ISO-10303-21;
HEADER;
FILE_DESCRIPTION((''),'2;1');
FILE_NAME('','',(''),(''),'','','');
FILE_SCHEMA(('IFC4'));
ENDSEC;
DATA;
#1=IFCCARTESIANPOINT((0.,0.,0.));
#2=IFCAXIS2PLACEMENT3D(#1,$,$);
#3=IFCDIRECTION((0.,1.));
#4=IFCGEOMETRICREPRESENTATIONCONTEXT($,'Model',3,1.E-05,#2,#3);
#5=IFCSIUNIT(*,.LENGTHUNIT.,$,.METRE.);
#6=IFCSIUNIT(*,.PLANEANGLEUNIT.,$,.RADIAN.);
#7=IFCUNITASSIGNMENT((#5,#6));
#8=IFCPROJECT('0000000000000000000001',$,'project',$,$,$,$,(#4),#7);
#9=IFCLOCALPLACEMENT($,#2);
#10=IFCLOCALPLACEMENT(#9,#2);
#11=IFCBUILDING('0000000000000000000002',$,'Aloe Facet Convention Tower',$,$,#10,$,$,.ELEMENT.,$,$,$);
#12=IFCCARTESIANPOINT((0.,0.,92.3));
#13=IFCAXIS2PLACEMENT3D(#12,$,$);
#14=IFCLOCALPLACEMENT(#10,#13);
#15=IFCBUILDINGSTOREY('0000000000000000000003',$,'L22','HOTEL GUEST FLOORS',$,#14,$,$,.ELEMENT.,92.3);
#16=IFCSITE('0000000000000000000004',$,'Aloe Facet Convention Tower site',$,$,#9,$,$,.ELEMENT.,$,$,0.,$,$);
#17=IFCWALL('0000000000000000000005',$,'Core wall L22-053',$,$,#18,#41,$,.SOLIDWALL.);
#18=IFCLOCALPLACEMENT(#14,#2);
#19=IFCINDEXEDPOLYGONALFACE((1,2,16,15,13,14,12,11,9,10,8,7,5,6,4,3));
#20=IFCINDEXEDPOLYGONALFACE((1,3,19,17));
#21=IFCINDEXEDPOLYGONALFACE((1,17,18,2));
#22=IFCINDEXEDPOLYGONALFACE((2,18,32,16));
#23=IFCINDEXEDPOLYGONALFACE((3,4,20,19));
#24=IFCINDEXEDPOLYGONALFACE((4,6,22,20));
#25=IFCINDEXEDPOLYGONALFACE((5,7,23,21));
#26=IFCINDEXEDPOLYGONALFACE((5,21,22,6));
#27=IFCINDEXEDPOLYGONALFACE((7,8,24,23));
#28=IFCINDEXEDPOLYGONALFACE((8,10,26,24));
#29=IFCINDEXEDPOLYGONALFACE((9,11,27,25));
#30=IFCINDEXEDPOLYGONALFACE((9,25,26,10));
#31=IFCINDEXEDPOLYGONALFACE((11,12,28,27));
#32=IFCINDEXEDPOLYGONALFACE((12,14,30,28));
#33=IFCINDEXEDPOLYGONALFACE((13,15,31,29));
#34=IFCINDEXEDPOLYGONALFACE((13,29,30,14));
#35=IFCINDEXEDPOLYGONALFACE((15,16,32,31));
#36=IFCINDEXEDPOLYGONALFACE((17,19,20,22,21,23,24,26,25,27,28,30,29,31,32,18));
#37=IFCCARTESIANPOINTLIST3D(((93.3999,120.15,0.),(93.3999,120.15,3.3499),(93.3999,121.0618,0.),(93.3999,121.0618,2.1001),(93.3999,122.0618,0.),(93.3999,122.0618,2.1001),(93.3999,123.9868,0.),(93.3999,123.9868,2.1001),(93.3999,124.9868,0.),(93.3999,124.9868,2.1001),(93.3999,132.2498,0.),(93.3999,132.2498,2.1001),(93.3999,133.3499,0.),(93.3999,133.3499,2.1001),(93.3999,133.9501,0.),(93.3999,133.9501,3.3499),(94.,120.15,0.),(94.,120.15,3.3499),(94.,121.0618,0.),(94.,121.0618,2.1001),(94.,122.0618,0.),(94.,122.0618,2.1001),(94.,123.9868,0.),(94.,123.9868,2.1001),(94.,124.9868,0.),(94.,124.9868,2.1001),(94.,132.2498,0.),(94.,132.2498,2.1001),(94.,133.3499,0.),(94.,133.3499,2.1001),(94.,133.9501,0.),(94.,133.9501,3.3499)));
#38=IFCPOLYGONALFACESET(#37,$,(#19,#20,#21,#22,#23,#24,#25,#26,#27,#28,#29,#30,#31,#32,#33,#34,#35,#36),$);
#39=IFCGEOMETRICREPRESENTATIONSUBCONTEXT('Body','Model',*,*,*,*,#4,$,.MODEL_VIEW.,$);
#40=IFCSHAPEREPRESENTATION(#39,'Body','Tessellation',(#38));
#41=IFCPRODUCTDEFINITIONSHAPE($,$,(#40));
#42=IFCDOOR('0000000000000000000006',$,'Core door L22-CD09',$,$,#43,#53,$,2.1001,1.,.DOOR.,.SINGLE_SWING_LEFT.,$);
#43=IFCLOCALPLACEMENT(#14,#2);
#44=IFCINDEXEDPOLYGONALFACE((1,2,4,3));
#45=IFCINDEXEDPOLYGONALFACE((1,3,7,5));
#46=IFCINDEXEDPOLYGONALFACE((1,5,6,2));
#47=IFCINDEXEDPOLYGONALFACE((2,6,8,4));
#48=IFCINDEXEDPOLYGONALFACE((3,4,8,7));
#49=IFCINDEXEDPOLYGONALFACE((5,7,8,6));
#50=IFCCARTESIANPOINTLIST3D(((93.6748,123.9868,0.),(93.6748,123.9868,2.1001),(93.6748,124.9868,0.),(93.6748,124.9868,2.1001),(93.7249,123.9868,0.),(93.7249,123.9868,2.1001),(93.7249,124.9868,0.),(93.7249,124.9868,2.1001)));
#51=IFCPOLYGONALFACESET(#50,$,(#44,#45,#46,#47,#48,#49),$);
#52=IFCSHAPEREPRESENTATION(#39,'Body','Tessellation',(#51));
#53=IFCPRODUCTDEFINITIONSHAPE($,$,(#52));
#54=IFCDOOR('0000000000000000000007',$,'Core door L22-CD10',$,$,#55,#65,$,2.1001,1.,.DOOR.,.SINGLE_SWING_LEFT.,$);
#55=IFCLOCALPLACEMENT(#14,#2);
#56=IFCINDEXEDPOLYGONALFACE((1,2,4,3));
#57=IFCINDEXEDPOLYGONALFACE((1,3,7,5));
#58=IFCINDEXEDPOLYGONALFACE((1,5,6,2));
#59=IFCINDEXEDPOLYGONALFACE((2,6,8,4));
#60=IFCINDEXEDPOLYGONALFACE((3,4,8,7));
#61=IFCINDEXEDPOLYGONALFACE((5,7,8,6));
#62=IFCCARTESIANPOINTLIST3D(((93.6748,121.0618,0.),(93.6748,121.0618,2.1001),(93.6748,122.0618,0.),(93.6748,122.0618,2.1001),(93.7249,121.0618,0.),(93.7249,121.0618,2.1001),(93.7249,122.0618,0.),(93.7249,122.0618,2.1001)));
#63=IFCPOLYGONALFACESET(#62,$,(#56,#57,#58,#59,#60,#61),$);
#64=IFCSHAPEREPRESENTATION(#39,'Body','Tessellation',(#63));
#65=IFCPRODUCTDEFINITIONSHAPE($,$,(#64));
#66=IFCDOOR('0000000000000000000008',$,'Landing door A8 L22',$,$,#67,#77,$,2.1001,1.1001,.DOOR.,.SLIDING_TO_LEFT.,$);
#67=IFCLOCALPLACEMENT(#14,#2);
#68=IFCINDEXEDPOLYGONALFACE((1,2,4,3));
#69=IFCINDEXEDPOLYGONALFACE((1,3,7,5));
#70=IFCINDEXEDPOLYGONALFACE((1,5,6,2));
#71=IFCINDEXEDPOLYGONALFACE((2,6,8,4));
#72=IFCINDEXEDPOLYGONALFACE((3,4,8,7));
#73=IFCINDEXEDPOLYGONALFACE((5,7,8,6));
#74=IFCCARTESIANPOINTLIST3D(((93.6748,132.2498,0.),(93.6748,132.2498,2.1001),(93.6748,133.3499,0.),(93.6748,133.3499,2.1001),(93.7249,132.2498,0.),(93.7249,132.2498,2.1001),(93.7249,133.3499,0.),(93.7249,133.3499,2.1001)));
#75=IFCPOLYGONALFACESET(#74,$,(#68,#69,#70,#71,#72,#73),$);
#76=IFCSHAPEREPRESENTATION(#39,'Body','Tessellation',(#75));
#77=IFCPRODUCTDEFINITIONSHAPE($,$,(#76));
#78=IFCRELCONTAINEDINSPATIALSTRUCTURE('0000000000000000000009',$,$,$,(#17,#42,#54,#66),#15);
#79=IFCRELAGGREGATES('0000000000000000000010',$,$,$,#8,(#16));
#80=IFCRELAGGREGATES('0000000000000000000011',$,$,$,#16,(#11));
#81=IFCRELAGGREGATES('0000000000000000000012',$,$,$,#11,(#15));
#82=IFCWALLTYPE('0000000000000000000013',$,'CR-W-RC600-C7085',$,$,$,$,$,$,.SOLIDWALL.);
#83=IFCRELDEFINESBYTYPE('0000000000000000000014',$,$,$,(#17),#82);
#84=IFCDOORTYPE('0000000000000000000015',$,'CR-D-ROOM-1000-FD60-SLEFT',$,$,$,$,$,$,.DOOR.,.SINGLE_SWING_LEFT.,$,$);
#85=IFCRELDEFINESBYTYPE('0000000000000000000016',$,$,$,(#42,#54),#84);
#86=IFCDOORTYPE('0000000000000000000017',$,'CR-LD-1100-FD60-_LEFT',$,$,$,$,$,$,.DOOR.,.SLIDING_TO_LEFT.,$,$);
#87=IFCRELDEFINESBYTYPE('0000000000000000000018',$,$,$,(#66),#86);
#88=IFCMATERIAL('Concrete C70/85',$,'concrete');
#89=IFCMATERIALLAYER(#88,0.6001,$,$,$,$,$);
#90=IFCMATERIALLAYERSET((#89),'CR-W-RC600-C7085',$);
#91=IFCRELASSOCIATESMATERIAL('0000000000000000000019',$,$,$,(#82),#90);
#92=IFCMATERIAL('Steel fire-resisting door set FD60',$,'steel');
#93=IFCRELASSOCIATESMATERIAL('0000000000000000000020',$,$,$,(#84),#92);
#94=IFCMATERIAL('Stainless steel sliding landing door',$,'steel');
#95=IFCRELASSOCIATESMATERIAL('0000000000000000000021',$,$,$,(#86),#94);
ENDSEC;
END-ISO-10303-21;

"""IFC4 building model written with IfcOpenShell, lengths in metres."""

from ifc_helpers import new_model, si_unit, direction, frame, frame_2d, origin, place, context, subcontext, project, spatial, rectangle, extrude, material, layer, layer_set, type_object, element, fill, save


model = new_model("IFC4")

# Units and contexts
model_context = context("Model", 3, precision=1e-05, world=origin(), true_north=direction((0.0, 1.0)))
body_context = subcontext(model_context, "Body", "Model", "MODEL_VIEW")
ifc_project = project(units=[si_unit("LENGTHUNIT", "METRE"), si_unit("PLANEANGLEUNIT", "RADIAN")], contexts=[model_context])

# Site, building, storey
site_placement = place(None, origin())
site = spatial("IfcSite", under=ifc_project, at=site_placement, Name="Aloe Facet Convention Tower site", CompositionType="ELEMENT", RefElevation=0.0)
building_placement = place(site_placement, origin())
building = spatial("IfcBuilding", under=site, at=building_placement, Name="Aloe Facet Convention Tower", CompositionType="ELEMENT")
storey_placement = place(building_placement, frame((0.0, 0.0, 92.3)))
storey = spatial("IfcBuildingStorey", under=building, at=storey_placement, Name="L22", Description="HOTEL GUEST FLOORS", CompositionType="ELEMENT", Elevation=92.3)

# Wall, openings, doors
ifc_material_1 = material(Name="Concrete C70/85", Category="concrete")
ifc_layer_1 = layer(ifc_material_1, 0.6001)
ifc_layer_set_1 = layer_set([ifc_layer_1], Name="CR-W-RC600-C7085")
wall_type_1 = type_object("IfcWallType", Name="CR-W-RC600-C7085", PredefinedType="SOLIDWALL", material=ifc_layer_set_1)
wall_1_placement = place(storey_placement, frame((93.7, 133.95, 0.0), z_axis=(0.0, 0.0, 1.0), x_axis=(0.0, -1.0, 0.0)))
wall_1 = element("IfcWall", 1, at=wall_1_placement, inside=storey, type_object=wall_type_1, Name="Core wall L22-053", PredefinedType="SOLIDWALL", context=body_context, shape_type="SweptSolid", body=[
    extrude(rectangle(XDim=13.8, YDim=0.6001, at=frame_2d((6.8999, 0.0))), origin(), (0.0, 0.0, 1.0), 3.3499),
])
opening_1_placement = place(wall_1_placement, frame((0.6001, 0.0, 0.0)))
opening_1 = element("IfcOpeningElement", 2, at=opening_1_placement, cuts=wall_1, PredefinedType="OPENING", context=body_context, shape_type="SweptSolid", body=[
    extrude(rectangle(XDim=1.1001, YDim=2.1001, at=frame_2d((0.55, 1.05))), frame((0.0, 0.3101, 0.0), z_axis=(0.0, -1.0, 0.0), x_axis=(1.0, 0.0, 0.0)), (0.0, 0.0, 1.0), 0.6201),
])
opening_2_placement = place(wall_1_placement, frame((8.9631, 0.0, 0.0)))
opening_2 = element("IfcOpeningElement", 3, at=opening_2_placement, cuts=wall_1, PredefinedType="OPENING", context=body_context, shape_type="SweptSolid", body=[
    extrude(rectangle(XDim=1.0, YDim=2.1001, at=frame_2d((0.5, 1.05))), frame((0.0, 0.3101, 0.0), z_axis=(0.0, -1.0, 0.0), x_axis=(1.0, 0.0, 0.0)), (0.0, 0.0, 1.0), 0.6201),
])
opening_3_placement = place(wall_1_placement, frame((11.8882, 0.0, 0.0)))
opening_3 = element("IfcOpeningElement", 4, at=opening_3_placement, cuts=wall_1, PredefinedType="OPENING", context=body_context, shape_type="SweptSolid", body=[
    extrude(rectangle(XDim=1.0, YDim=2.1001, at=frame_2d((0.5, 1.05))), frame((0.0, 0.3101, 0.0), z_axis=(0.0, -1.0, 0.0), x_axis=(1.0, 0.0, 0.0)), (0.0, 0.0, 1.0), 0.6201),
])
ifc_material_2 = material(Name="Steel fire-resisting door set FD60", Category="steel")
door_type_1 = type_object("IfcDoorType", Name="CR-D-ROOM-1000-FD60-SLEFT", OperationType="SINGLE_SWING_LEFT", PredefinedType="DOOR", material=ifc_material_2)
door_1_placement = place(opening_2_placement, origin())
door_1 = element("IfcDoor", 5, at=door_1_placement, inside=storey, type_object=door_type_1, Name="Core door L22-CD09", OperationType="SINGLE_SWING_LEFT", OverallHeight=2.1001, OverallWidth=1.0, PredefinedType="DOOR", context=body_context, shape_type="SweptSolid", body=[
    extrude(rectangle(XDim=1.0, YDim=2.1001, at=frame_2d((0.5, 1.05))), frame((0.0, 0.0249, 0.0), z_axis=(0.0, -1.0, 0.0), x_axis=(1.0, 0.0, 0.0)), (0.0, 0.0, 1.0), 0.05),
])
fill(opening_2, door_1)
door_2_placement = place(opening_3_placement, origin())
door_2 = element("IfcDoor", 6, at=door_2_placement, inside=storey, type_object=door_type_1, Name="Core door L22-CD10", OperationType="SINGLE_SWING_LEFT", OverallHeight=2.1001, OverallWidth=1.0, PredefinedType="DOOR", context=body_context, shape_type="SweptSolid", body=[
    extrude(rectangle(XDim=1.0, YDim=2.1001, at=frame_2d((0.5, 1.05))), frame((0.0, 0.0249, 0.0), z_axis=(0.0, -1.0, 0.0), x_axis=(1.0, 0.0, 0.0)), (0.0, 0.0, 1.0), 0.05),
])
fill(opening_3, door_2)
ifc_material_3 = material(Name="Stainless steel sliding landing door", Category="steel")
door_type_2 = type_object("IfcDoorType", Name="CR-LD-1100-FD60-_LEFT", OperationType="SLIDING_TO_LEFT", PredefinedType="DOOR", material=ifc_material_3)
door_3_placement = place(opening_1_placement, origin())
door_3 = element("IfcDoor", 7, at=door_3_placement, inside=storey, type_object=door_type_2, Name="Landing door A8 L22", OperationType="SLIDING_TO_LEFT", OverallHeight=2.1001, OverallWidth=1.1001, PredefinedType="DOOR", context=body_context, shape_type="SweptSolid", body=[
    extrude(rectangle(XDim=1.1001, YDim=2.1001, at=frame_2d((0.55, 1.05))), frame((0.0, 0.0249, 0.0), z_axis=(0.0, -1.0, 0.0), x_axis=(1.0, 0.0, 0.0)), (0.0, 0.0, 1.0), 0.05),
])
fill(opening_1, door_3)

save(model, "model.ifc")
